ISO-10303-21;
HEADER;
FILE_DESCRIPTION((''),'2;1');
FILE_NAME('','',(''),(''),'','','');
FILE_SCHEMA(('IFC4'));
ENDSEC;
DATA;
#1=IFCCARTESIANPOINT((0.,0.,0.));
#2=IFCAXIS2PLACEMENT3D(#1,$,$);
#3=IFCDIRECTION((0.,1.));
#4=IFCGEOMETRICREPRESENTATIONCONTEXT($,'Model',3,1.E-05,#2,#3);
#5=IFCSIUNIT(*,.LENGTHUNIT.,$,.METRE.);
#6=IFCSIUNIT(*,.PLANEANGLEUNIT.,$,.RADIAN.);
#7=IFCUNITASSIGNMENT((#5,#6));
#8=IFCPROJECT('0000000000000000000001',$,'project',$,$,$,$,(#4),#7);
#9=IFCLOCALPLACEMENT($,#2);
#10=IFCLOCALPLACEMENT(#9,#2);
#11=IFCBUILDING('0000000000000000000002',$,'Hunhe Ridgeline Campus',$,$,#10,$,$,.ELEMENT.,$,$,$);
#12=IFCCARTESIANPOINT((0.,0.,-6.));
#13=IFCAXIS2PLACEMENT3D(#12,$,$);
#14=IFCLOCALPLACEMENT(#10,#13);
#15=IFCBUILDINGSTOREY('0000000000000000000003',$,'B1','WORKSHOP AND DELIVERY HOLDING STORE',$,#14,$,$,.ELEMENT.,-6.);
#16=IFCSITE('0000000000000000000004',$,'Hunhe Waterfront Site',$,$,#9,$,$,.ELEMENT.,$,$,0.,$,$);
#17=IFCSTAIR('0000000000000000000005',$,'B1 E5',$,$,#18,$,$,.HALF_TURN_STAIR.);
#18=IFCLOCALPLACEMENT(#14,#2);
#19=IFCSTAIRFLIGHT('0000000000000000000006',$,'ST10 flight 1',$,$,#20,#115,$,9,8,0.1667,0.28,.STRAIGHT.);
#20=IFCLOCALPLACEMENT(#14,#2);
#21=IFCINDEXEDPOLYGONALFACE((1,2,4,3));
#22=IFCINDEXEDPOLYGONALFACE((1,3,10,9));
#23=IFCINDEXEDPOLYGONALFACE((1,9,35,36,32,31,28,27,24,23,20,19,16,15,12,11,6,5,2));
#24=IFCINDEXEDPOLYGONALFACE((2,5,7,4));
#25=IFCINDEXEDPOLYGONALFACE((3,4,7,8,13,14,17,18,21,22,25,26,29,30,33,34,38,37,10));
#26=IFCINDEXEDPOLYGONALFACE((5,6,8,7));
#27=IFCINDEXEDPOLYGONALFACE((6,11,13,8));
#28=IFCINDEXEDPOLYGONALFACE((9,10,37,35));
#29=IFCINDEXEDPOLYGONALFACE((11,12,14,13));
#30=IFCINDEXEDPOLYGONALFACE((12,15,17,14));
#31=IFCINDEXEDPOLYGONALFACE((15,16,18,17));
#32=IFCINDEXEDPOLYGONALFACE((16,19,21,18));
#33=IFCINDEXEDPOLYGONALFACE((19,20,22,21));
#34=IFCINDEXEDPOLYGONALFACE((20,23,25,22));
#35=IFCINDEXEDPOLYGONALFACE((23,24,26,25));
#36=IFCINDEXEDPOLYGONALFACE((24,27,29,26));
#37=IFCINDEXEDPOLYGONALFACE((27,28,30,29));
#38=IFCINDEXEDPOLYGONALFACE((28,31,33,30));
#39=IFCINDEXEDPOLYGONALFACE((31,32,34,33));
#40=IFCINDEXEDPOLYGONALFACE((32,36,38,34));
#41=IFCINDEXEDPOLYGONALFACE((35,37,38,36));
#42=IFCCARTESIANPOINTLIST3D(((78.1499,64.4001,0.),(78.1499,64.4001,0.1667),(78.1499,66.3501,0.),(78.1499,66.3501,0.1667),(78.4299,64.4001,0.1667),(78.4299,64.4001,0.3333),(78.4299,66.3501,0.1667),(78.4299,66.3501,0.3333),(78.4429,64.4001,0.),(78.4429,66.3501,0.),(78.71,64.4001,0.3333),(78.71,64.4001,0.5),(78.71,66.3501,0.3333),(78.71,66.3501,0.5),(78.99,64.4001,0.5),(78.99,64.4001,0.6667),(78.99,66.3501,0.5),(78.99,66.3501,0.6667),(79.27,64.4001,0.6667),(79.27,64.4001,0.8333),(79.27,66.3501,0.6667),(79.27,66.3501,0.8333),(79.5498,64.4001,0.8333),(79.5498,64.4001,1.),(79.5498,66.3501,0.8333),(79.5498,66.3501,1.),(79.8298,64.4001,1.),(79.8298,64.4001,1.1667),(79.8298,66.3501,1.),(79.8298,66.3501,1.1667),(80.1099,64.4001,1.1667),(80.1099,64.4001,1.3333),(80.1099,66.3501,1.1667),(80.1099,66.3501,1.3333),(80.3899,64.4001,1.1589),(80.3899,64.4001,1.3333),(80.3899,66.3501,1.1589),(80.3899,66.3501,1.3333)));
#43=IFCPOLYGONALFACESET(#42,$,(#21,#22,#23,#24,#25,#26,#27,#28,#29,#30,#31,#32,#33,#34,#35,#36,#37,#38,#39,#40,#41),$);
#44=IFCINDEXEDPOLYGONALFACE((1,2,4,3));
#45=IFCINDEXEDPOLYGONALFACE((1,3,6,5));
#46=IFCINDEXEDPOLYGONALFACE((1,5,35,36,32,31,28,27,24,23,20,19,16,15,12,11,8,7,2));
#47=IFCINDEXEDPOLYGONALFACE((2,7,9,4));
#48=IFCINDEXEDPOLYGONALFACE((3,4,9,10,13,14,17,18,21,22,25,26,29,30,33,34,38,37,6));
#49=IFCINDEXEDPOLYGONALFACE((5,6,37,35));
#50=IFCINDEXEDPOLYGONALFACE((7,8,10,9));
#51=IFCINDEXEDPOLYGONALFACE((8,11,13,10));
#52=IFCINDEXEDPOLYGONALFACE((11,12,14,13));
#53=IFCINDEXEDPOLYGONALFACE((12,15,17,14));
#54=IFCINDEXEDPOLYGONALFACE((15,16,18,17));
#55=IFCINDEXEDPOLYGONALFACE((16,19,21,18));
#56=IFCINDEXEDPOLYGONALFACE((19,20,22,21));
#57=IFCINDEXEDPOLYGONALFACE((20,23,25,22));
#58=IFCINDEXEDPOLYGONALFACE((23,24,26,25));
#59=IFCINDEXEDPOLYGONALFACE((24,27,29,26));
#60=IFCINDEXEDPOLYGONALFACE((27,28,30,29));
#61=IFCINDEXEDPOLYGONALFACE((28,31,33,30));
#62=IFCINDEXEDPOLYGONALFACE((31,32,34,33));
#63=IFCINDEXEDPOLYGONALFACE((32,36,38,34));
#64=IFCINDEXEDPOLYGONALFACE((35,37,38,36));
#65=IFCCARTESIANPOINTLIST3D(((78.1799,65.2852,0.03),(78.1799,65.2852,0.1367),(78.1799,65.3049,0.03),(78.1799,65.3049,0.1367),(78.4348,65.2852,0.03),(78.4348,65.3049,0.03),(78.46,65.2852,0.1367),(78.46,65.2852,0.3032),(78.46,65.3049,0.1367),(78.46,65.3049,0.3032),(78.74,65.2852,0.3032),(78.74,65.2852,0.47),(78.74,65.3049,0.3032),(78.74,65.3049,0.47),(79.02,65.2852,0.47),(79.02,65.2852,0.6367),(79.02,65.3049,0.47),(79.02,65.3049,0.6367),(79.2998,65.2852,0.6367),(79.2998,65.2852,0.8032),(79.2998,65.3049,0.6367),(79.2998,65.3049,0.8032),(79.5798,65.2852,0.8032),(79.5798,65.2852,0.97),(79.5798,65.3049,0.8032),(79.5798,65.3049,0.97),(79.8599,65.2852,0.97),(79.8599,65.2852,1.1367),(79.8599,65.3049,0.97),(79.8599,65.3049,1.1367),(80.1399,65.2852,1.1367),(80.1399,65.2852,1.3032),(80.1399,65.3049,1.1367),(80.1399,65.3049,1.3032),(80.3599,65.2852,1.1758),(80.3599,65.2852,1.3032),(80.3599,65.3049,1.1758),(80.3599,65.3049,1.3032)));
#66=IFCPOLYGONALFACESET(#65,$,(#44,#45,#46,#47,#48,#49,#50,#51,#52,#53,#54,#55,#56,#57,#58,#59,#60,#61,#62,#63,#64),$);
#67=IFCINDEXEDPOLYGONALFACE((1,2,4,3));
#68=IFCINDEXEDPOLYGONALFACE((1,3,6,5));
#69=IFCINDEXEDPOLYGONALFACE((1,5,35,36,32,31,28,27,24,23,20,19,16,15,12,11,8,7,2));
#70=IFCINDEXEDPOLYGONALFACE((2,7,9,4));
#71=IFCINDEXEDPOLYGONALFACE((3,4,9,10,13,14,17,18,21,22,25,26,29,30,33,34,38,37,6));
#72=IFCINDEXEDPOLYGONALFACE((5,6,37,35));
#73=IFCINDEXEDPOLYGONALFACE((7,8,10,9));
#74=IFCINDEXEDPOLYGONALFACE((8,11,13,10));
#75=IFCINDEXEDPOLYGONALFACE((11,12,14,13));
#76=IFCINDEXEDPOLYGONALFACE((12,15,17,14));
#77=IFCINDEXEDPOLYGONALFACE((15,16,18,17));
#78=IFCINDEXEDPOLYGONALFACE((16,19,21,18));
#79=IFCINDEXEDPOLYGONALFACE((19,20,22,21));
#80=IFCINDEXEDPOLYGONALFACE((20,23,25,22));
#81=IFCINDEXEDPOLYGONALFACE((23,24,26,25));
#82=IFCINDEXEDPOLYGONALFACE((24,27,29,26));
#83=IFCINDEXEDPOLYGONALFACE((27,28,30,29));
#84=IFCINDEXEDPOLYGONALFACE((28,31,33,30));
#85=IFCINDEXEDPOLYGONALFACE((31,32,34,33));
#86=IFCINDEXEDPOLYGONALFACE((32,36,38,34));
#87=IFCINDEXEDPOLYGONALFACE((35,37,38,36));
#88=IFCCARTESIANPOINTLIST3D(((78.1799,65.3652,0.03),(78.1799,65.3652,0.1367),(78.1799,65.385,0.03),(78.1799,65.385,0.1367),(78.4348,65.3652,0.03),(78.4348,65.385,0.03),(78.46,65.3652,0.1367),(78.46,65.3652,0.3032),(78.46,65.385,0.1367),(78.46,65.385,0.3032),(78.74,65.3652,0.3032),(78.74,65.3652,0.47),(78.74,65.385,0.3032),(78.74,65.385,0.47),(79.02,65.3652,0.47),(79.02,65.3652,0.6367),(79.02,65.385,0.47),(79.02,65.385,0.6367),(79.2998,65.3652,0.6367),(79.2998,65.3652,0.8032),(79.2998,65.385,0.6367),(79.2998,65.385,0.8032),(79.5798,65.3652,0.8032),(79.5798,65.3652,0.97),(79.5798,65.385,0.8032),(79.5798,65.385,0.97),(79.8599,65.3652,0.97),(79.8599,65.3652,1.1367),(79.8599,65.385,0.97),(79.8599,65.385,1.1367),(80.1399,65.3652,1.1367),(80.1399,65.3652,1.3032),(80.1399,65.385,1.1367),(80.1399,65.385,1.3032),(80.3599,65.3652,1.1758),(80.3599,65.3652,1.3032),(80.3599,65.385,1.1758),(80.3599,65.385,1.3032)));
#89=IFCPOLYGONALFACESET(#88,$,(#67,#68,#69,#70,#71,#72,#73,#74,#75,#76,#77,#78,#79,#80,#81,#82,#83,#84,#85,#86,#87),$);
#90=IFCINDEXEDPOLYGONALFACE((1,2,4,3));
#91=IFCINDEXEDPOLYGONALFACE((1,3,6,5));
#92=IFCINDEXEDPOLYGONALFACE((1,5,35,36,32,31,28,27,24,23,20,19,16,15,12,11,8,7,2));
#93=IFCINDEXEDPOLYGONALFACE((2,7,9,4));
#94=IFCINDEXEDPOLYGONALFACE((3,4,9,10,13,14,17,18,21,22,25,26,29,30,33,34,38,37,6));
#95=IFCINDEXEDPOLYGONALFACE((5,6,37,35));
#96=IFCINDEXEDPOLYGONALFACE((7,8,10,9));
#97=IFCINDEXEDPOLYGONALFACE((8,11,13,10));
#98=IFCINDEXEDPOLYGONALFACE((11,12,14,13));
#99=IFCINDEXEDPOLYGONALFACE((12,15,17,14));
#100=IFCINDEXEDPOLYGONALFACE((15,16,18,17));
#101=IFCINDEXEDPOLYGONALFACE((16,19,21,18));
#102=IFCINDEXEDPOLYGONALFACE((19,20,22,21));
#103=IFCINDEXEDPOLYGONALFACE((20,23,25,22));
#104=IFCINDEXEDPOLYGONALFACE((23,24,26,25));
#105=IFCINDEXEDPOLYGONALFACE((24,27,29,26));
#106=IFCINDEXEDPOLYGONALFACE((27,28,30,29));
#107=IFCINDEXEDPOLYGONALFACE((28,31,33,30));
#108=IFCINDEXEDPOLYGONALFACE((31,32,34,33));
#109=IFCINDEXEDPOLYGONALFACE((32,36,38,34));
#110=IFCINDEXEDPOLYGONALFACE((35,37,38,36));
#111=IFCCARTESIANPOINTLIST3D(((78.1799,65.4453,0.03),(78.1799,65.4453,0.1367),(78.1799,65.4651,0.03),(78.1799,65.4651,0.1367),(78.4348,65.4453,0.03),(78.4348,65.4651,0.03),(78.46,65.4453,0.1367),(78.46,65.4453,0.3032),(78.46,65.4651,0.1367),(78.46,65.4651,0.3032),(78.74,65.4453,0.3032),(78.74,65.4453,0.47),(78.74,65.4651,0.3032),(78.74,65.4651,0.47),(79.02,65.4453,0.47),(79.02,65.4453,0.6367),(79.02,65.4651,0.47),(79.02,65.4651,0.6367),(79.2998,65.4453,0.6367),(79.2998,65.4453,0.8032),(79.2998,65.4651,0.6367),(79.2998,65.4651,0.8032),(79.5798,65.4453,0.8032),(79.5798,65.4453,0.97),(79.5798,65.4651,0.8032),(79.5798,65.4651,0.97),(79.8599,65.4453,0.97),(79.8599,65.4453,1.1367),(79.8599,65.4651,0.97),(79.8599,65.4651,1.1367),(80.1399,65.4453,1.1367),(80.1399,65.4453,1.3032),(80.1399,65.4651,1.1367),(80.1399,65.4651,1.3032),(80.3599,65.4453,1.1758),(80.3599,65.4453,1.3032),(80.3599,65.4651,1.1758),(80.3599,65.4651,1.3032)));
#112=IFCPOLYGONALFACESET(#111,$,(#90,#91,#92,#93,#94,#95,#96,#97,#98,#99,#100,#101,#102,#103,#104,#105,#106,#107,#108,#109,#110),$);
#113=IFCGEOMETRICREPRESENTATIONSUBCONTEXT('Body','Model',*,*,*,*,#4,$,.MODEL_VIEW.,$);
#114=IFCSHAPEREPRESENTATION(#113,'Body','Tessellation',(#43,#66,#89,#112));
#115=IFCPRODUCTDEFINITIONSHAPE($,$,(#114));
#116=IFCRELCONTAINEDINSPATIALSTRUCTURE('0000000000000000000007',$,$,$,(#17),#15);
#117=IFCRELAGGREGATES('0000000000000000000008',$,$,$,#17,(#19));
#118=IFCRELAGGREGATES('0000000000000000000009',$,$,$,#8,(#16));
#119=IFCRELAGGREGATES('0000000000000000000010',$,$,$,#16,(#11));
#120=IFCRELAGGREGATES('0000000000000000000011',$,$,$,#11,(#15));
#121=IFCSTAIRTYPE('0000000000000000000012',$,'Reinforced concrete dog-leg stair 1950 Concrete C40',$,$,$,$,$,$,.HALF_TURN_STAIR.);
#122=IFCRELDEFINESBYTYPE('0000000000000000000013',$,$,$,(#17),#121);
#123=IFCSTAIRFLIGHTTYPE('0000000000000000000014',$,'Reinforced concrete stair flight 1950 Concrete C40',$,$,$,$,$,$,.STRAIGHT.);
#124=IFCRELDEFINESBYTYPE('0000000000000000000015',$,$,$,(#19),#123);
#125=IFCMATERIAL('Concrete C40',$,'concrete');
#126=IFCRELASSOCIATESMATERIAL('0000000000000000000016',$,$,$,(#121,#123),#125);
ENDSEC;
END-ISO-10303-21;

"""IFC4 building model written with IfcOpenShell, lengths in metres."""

from ifc_helpers import new_model, si_unit, direction, frame, origin, place, context, subcontext, project, spatial, polyline, outline, extrude, material, type_object, element, aggregate, save


model = new_model("IFC4")

# Units and contexts
model_context = context("Model", 3, precision=1e-05, world=origin(), true_north=direction((0.0, 1.0)))
body_context = subcontext(model_context, "Body", "Model", "MODEL_VIEW")
ifc_project = project(units=[si_unit("LENGTHUNIT", "METRE"), si_unit("PLANEANGLEUNIT", "RADIAN")], contexts=[model_context])

# Site, building, storey
site_placement = place(None, origin())
site = spatial("IfcSite", under=ifc_project, at=site_placement, Name="Hunhe Waterfront Site", CompositionType="ELEMENT", RefElevation=0.0)
building_placement = place(site_placement, origin())
building = spatial("IfcBuilding", under=site, at=building_placement, Name="Hunhe Ridgeline Campus", CompositionType="ELEMENT")
storey_placement = place(building_placement, frame((0.0, 0.0, -6.0)))
storey = spatial("IfcBuildingStorey", under=building, at=storey_placement, Name="B1", Description="WORKSHOP AND DELIVERY HOLDING STORE", CompositionType="ELEMENT", Elevation=-6.0)

# Stair, stair flight
ifc_material_1 = material(Name="Concrete C40", Category="concrete")
stair_type = type_object("IfcStairType", Name="Reinforced concrete dog-leg stair 1950 Concrete C40", PredefinedType="HALF_TURN_STAIR", material=ifc_material_1)
stair_placement = place(storey_placement, origin())
stair = element("IfcStair", 1, at=stair_placement, inside=storey, type_object=stair_type, Name="B1 E5", PredefinedType="HALF_TURN_STAIR")
stair_flight_type = type_object("IfcStairFlightType", Name="Reinforced concrete stair flight 1950 Concrete C40", PredefinedType="STRAIGHT", material=ifc_material_1)
stair_flight_1_placement = place(storey_placement, frame((78.1499, 65.375, 0.0), z_axis=(0.0, 0.0, 1.0), x_axis=(1.0, 0.0, 0.0)))
stair_flight_1 = element("IfcStairFlight", 2, at=stair_flight_1_placement, type_object=stair_flight_type, Name="ST10 flight 1", NumberOfRisers=9, NumberOfTreads=8, PredefinedType="STRAIGHT", RiserHeight=0.1667, TreadLength=0.28, context=body_context, shape_type="SweptSolid", body=[
    extrude(outline(polyline([(0.0, 0.0), (0.0, 0.1667), (0.28, 0.1667), (0.28, 0.3333), (0.5601, 0.3333), (0.5601, 0.5), (0.8401, 0.5), (0.8401, 0.6667), (1.1201, 0.6667), (1.1201, 0.8333), (1.3999, 0.8333), (1.3999, 1.0), (1.6799, 1.0), (1.6799, 1.1667), (1.96, 1.1667), (1.96, 1.3333), (2.24, 1.3333), (2.24, 1.5), (2.24, 1.1589), (0.293, 0.0), (0.0, 0.0)])), frame((0.0, 0.9751, 0.0), z_axis=(0.0, -1.0, 0.0), x_axis=(1.0, 0.0, 0.0)), (0.0, 0.0, 1.0), 1.95),
    extrude(outline(polyline([(0.03, 0.03), (0.03, 0.1367), (0.3101, 0.1367), (0.3101, 0.3032), (0.5901, 0.3032), (0.5901, 0.47), (0.8701, 0.47), (0.8701, 0.6367), (1.1499, 0.6367), (1.1499, 0.8032), (1.4299, 0.8032), (1.4299, 0.97), (1.71, 0.97), (1.71, 1.1367), (1.99, 1.1367), (1.99, 1.3032), (2.21, 1.3032), (2.21, 1.1758), (0.2849, 0.03), (0.03, 0.03)])), frame((0.0, -0.0701, 0.0), z_axis=(0.0, -1.0, 0.0), x_axis=(1.0, 0.0, 0.0)), (0.0, 0.0, 1.0), 0.0198),
    extrude(outline(polyline([(0.03, 0.03), (0.03, 0.1367), (0.3101, 0.1367), (0.3101, 0.3032), (0.5901, 0.3032), (0.5901, 0.47), (0.8701, 0.47), (0.8701, 0.6367), (1.1499, 0.6367), (1.1499, 0.8032), (1.4299, 0.8032), (1.4299, 0.97), (1.71, 0.97), (1.71, 1.1367), (1.99, 1.1367), (1.99, 1.3032), (2.21, 1.3032), (2.21, 1.1758), (0.2849, 0.03), (0.03, 0.03)])), frame((0.0, 0.01, 0.0), z_axis=(0.0, -1.0, 0.0), x_axis=(1.0, 0.0, 0.0)), (0.0, 0.0, 1.0), 0.0198),
    extrude(outline(polyline([(0.03, 0.03), (0.03, 0.1367), (0.3101, 0.1367), (0.3101, 0.3032), (0.5901, 0.3032), (0.5901, 0.47), (0.8701, 0.47), (0.8701, 0.6367), (1.1499, 0.6367), (1.1499, 0.8032), (1.4299, 0.8032), (1.4299, 0.97), (1.71, 0.97), (1.71, 1.1367), (1.99, 1.1367), (1.99, 1.3032), (2.21, 1.3032), (2.21, 1.1758), (0.2849, 0.03), (0.03, 0.03)])), frame((0.0, 0.0901, 0.0), z_axis=(0.0, -1.0, 0.0), x_axis=(1.0, 0.0, 0.0)), (0.0, 0.0, 1.0), 0.0198),
])
aggregate(stair, [stair_flight_1])

save(model, "model.ifc")
